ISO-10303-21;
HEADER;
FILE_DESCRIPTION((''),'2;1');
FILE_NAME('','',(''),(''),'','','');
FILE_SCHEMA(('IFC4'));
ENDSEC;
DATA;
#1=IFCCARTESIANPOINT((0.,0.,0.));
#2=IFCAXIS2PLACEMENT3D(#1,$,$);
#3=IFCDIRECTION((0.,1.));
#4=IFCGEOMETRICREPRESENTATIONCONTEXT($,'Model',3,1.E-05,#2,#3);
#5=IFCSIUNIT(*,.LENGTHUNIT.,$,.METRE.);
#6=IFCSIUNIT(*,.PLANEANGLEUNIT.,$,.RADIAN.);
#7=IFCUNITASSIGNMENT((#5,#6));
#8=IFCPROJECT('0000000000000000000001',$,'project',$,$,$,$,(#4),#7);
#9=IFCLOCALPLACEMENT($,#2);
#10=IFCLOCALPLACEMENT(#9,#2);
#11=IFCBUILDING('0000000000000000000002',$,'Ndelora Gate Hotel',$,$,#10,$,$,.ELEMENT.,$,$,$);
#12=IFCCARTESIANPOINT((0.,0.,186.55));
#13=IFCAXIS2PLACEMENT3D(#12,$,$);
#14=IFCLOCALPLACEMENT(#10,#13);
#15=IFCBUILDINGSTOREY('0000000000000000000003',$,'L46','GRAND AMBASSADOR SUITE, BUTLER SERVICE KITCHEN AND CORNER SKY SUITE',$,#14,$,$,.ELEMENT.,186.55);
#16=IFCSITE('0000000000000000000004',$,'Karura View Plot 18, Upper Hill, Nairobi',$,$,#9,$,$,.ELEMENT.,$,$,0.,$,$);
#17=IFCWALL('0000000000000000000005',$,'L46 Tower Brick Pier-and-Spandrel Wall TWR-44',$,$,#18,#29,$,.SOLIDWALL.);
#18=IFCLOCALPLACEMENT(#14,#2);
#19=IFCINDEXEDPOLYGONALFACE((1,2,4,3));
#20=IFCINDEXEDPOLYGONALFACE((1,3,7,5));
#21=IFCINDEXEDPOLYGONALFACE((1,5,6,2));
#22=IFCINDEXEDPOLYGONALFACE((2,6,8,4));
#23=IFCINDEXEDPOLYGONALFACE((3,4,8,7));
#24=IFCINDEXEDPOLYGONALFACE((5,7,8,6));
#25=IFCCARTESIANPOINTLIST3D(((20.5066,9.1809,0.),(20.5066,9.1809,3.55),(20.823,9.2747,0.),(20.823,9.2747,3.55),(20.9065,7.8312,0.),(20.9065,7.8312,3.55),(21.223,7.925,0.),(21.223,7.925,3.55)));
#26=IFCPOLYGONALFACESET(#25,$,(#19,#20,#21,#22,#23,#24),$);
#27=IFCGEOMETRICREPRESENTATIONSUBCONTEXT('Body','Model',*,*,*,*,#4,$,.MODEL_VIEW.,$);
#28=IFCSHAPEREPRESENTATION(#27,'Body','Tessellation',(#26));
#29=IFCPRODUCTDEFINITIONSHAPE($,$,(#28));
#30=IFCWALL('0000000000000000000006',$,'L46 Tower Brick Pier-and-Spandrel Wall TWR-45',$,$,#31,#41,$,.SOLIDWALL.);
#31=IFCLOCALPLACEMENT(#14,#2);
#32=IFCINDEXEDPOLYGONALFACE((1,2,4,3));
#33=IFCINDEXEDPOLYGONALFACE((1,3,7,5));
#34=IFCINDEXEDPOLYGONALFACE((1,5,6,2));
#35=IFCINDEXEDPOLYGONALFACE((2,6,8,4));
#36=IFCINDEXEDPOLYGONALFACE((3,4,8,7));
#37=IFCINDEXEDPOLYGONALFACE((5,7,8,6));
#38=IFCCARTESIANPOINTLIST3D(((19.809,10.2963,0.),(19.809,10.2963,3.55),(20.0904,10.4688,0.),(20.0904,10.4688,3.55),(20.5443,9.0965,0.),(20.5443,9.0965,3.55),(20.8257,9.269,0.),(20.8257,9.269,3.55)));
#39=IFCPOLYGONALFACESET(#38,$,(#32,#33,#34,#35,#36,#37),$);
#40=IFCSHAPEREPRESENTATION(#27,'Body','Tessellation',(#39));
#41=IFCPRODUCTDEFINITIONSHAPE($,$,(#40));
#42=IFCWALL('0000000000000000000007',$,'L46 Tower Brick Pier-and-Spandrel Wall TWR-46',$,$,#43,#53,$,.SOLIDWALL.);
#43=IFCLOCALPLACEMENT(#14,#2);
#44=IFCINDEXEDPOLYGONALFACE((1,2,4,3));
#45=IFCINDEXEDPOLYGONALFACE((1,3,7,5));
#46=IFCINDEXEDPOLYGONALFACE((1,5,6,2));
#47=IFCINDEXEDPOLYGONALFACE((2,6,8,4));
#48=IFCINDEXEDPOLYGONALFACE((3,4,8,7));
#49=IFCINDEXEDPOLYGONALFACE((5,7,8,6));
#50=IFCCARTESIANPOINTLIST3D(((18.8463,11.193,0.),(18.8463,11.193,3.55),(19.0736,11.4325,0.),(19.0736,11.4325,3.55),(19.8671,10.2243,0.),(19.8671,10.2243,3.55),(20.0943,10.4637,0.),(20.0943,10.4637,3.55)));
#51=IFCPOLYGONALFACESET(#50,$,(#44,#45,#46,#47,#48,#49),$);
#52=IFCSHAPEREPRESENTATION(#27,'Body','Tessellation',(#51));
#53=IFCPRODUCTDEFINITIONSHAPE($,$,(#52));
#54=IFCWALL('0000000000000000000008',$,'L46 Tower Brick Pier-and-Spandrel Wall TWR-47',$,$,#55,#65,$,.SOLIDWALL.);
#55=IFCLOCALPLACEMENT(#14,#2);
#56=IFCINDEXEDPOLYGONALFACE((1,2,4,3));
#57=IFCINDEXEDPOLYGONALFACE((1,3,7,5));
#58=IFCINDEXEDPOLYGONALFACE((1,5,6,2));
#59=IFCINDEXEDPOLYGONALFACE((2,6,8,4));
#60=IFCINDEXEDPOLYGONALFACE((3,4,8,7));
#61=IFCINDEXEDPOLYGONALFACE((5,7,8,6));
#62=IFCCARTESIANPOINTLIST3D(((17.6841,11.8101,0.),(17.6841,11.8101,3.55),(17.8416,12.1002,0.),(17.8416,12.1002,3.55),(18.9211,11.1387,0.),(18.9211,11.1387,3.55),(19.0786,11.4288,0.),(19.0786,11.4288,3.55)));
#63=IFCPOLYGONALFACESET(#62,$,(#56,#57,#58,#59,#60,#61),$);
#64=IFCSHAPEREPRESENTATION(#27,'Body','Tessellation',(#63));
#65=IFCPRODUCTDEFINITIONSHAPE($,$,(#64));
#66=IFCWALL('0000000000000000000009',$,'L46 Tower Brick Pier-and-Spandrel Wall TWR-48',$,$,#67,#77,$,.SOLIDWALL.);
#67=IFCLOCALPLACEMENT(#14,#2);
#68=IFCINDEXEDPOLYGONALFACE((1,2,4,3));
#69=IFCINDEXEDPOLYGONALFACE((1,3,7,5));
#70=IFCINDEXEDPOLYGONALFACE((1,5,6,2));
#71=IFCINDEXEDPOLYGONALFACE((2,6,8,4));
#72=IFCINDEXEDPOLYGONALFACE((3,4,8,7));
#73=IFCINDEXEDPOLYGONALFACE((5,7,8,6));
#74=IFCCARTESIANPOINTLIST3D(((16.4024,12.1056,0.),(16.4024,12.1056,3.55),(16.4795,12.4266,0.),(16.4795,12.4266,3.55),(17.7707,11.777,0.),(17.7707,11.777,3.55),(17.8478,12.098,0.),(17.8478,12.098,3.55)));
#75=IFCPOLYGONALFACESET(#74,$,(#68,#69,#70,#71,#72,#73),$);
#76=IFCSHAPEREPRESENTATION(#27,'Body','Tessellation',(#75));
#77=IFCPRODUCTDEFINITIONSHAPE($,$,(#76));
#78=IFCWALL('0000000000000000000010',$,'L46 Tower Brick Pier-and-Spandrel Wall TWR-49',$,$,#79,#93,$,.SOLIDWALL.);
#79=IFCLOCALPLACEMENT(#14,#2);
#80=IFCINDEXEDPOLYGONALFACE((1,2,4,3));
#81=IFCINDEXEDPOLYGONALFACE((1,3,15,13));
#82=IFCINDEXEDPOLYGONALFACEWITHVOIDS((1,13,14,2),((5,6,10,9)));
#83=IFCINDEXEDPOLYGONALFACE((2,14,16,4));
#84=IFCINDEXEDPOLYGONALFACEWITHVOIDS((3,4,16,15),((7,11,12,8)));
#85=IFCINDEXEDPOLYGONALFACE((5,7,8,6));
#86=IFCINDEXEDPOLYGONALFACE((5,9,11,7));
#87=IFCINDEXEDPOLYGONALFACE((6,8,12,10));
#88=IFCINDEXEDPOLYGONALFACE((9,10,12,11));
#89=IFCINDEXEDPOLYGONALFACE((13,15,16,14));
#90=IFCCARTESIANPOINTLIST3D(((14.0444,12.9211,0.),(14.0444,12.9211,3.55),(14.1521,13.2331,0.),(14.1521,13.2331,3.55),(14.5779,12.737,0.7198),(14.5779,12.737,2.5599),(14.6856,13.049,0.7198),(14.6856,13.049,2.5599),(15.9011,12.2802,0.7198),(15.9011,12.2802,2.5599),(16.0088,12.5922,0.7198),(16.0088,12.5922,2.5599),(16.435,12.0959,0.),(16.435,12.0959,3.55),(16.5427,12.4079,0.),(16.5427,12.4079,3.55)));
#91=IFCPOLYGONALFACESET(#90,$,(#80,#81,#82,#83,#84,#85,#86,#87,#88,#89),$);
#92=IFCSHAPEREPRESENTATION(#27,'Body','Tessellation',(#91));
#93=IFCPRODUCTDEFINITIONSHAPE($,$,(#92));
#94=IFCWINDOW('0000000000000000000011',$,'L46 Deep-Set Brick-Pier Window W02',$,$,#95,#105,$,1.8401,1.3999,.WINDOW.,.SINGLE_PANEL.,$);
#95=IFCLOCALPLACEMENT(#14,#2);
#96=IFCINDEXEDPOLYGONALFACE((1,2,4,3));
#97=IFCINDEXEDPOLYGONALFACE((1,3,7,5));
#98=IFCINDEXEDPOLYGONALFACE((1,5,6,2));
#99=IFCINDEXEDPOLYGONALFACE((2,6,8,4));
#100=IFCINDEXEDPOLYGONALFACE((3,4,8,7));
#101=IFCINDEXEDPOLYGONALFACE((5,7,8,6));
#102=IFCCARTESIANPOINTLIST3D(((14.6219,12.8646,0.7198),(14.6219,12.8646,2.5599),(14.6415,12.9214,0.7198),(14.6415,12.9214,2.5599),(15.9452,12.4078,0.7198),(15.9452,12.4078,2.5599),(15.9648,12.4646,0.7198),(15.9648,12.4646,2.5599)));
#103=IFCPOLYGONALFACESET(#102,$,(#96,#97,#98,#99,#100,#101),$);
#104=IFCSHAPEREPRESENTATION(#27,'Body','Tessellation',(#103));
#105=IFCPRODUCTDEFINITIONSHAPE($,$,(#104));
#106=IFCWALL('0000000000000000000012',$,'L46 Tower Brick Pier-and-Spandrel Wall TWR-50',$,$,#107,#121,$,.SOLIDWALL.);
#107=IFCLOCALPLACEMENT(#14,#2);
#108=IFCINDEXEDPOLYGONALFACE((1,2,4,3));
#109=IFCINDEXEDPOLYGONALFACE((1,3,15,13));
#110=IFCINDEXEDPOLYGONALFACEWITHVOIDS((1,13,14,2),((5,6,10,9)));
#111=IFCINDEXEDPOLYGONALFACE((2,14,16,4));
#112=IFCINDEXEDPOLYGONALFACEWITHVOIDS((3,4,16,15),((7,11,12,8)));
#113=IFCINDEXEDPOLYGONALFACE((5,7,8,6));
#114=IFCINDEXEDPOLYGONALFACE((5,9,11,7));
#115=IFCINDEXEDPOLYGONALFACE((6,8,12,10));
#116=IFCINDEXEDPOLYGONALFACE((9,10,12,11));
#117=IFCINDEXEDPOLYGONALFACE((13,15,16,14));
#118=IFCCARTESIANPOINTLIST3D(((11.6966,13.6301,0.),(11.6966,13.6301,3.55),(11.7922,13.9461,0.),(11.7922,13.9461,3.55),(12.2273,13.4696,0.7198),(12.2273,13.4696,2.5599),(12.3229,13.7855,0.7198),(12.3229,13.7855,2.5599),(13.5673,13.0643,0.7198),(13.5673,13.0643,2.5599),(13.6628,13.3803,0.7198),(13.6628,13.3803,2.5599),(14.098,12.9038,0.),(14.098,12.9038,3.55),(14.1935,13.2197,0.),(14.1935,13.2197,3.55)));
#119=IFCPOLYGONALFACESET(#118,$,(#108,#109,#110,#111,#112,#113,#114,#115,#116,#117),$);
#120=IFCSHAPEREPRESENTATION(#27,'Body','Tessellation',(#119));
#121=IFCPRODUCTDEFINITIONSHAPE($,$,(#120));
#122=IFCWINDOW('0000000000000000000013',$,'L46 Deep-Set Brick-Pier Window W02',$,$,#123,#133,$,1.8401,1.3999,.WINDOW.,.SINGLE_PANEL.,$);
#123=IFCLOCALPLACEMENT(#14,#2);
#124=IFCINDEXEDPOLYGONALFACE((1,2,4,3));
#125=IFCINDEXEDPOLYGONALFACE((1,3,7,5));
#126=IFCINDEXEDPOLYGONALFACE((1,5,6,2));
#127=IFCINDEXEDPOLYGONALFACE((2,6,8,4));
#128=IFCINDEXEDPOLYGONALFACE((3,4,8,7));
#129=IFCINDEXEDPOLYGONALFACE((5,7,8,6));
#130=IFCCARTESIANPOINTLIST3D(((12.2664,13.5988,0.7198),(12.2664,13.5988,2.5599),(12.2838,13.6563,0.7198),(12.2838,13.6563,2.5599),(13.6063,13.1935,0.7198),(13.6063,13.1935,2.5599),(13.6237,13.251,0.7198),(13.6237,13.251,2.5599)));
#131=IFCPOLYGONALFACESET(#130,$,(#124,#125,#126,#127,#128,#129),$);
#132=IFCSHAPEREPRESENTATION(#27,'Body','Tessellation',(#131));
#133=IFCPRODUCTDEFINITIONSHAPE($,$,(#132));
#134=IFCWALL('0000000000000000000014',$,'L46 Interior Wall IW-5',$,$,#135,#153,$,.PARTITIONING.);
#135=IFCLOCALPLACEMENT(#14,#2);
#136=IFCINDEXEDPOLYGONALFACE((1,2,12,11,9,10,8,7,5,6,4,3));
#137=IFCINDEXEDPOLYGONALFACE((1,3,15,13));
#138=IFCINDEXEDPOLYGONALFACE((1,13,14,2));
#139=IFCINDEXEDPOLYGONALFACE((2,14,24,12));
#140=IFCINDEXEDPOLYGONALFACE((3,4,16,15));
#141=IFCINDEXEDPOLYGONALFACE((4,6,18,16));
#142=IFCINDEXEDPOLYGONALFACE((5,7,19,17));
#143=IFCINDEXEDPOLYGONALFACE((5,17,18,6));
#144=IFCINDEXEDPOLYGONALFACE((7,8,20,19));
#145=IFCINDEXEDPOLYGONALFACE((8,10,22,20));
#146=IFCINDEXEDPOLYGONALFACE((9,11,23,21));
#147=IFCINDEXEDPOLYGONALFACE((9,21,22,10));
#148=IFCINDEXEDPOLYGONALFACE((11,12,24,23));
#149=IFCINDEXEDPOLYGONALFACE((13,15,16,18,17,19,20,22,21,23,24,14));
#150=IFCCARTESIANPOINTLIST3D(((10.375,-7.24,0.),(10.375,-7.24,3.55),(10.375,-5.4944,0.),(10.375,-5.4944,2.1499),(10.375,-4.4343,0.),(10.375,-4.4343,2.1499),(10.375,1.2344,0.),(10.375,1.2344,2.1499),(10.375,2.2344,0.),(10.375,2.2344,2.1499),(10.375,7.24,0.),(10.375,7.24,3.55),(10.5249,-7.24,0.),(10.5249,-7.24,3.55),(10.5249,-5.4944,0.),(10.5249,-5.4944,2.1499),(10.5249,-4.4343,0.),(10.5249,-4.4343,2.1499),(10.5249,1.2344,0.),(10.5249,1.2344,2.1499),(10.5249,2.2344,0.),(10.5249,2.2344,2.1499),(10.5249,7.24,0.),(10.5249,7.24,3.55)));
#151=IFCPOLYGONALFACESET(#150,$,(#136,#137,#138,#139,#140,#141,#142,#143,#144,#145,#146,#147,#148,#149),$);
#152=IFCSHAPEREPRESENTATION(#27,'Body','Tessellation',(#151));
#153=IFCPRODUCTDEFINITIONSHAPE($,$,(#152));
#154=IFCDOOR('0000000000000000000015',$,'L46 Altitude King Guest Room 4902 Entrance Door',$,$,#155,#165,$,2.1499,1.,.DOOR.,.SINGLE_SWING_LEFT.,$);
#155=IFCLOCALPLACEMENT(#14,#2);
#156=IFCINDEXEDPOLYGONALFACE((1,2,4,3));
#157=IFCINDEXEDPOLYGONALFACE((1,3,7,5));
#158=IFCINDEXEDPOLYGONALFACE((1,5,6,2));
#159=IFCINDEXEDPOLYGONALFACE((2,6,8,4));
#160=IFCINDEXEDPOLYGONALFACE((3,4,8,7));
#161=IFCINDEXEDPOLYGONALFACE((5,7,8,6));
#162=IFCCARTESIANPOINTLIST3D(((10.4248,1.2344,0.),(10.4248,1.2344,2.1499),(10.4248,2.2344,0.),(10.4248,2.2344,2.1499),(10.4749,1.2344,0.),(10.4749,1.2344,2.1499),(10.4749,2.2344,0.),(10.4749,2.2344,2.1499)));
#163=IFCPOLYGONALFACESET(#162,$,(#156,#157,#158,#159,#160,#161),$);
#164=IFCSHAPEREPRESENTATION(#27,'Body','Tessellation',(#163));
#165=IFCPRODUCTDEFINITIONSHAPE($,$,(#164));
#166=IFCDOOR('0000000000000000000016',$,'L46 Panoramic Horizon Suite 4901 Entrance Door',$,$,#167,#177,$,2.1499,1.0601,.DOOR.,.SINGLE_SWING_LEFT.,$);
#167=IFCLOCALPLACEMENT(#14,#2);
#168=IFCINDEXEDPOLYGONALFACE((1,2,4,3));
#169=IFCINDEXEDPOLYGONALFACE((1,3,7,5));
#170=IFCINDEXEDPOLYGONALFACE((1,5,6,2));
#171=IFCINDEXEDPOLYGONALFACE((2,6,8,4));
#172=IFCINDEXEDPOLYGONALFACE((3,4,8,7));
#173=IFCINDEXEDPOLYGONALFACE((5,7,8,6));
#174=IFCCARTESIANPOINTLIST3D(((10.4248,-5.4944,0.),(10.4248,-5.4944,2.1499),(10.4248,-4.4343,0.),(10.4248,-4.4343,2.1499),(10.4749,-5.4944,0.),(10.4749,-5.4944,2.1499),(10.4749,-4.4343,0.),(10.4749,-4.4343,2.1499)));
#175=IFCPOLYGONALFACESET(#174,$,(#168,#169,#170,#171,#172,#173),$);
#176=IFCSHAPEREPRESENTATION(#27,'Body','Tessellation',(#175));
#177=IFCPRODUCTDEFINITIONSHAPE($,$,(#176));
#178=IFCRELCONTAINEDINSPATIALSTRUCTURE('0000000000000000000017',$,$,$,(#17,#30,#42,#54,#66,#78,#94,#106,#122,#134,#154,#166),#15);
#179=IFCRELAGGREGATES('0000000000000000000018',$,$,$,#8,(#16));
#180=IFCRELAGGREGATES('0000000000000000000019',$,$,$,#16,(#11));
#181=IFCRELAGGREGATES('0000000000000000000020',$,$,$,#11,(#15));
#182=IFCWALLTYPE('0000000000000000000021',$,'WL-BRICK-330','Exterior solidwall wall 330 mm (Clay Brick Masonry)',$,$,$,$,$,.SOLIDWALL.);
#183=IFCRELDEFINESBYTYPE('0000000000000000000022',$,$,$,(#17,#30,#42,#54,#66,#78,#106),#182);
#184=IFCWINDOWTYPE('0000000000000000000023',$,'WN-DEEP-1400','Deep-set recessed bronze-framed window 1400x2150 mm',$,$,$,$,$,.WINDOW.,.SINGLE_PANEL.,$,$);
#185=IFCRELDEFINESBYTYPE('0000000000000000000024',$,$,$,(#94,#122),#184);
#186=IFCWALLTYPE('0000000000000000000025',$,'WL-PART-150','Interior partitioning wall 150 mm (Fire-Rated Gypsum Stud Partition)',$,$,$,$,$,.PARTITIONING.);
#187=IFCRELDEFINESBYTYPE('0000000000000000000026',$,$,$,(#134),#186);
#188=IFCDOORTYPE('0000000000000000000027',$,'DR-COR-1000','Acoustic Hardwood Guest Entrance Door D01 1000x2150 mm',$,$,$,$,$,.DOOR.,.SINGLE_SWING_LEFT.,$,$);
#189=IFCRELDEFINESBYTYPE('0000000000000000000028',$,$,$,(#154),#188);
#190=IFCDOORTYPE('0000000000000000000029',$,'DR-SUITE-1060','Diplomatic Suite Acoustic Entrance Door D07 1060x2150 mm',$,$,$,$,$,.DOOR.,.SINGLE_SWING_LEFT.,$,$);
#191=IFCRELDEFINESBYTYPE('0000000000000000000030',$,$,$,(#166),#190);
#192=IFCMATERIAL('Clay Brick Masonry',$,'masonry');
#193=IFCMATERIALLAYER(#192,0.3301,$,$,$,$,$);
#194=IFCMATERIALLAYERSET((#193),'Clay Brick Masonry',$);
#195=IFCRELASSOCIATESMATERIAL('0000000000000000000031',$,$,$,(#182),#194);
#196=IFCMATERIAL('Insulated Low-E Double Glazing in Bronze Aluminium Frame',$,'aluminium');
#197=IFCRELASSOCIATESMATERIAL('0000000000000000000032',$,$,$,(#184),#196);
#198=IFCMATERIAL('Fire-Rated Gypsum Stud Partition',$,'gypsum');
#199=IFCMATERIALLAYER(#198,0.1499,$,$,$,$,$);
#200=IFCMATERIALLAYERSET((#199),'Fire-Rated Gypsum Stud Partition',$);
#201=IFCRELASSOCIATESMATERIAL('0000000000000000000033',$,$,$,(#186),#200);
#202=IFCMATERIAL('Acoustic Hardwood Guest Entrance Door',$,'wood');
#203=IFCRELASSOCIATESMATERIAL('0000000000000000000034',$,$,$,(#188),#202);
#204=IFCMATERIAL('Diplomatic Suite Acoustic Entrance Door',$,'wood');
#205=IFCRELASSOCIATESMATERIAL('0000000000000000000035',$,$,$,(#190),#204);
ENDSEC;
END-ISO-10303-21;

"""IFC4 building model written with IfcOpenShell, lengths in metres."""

from ifc_helpers import new_model, si_unit, direction, frame, frame_2d, origin, place, context, subcontext, project, spatial, rectangle, extrude, material, layer, layer_set, type_object, element, fill, save


model = new_model("IFC4")

# Units and contexts
model_context = context("Model", 3, precision=1e-05, world=origin(), true_north=direction((0.0, 1.0)))
body_context = subcontext(model_context, "Body", "Model", "MODEL_VIEW")
ifc_project = project(units=[si_unit("LENGTHUNIT", "METRE"), si_unit("PLANEANGLEUNIT", "RADIAN")], contexts=[model_context])

# Site, building, storey
site_placement = place(None, origin())
site = spatial("IfcSite", under=ifc_project, at=site_placement, Name="Karura View Plot 18, Upper Hill, Nairobi", CompositionType="ELEMENT", RefElevation=0.0)
building_placement = place(site_placement, origin())
building = spatial("IfcBuilding", under=site, at=building_placement, Name="Ndelora Gate Hotel", CompositionType="ELEMENT")
storey_placement = place(building_placement, frame((0.0, 0.0, 186.55)))
storey = spatial("IfcBuildingStorey", under=building, at=storey_placement, Name="L46", Description="GRAND AMBASSADOR SUITE, BUTLER SERVICE KITCHEN AND CORNER SKY SUITE", CompositionType="ELEMENT", Elevation=186.55)

# Walls
ifc_material_1 = material(Name="Clay Brick Masonry", Category="masonry")
ifc_layer_1 = layer(ifc_material_1, 0.3301)
ifc_layer_set_1 = layer_set([ifc_layer_1], Name="Clay Brick Masonry")
wall_type_1 = type_object("IfcWallType", Name="WL-BRICK-330", Description="Exterior solidwall wall 330 mm (Clay Brick Masonry)", PredefinedType="SOLIDWALL", material=ifc_layer_set_1)
wall_1_placement = place(storey_placement, frame((20.6648, 9.2278, 0.0), z_axis=(0.0, 0.0, 1.0), x_axis=(0.2841, -0.958795, 0.0)))
element("IfcWall", 1, at=wall_1_placement, inside=storey, type_object=wall_type_1, Name="L46 Tower Brick Pier-and-Spandrel Wall TWR-44", PredefinedType="SOLIDWALL", context=body_context, shape_type="SweptSolid", body=[
    extrude(rectangle(XDim=1.4077, YDim=0.3301, at=frame_2d((0.7039, 0.0))), origin(), (0.0, 0.0, 1.0), 3.55),
])
for number, where, z_axis, x_axis, name in (
    (2, (19.9497, 10.3826, 0.0), (0.0, 0.0, 1.0), (0.522509, -0.852634, 0.0), "L46 Tower Brick Pier-and-Spandrel Wall TWR-45"),
    (3, (18.96, 11.3127, 0.0), (0.0, 0.0, 1.0), (0.725342, -0.688389, 0.0), "L46 Tower Brick Pier-and-Spandrel Wall TWR-46"),
):
    element("IfcWall", number, at=place(storey_placement, frame(where, z_axis=z_axis, x_axis=x_axis)), inside=storey, type_object=wall_type_1, Name=name, PredefinedType="SOLIDWALL", context=body_context, shape_type="SweptSolid", body=[
        extrude(rectangle(XDim=1.4072, YDim=0.3301, at=frame_2d((0.7036, 0.0))), origin(), (0.0, 0.0, 1.0), 3.55),
    ])
wall_2_placement = place(storey_placement, frame((17.7629, 11.9551, 0.0), z_axis=(0.0, 0.0, 1.0), x_axis=(0.878901, -0.477004, 0.0)))
element("IfcWall", 4, at=wall_2_placement, inside=storey, type_object=wall_type_1, Name="L46 Tower Brick Pier-and-Spandrel Wall TWR-47", PredefinedType="SOLIDWALL", context=body_context, shape_type="SweptSolid", body=[
    extrude(rectangle(XDim=1.4075, YDim=0.3301, at=frame_2d((0.7036, 0.0))), origin(), (0.0, 0.0, 1.0), 3.55),
])
wall_3_placement = place(storey_placement, frame((16.4409, 12.2661, 0.0), z_axis=(0.0, 0.0, 1.0), x_axis=(0.972356, -0.233504, 0.0)))
element("IfcWall", 5, at=wall_3_placement, inside=storey, type_object=wall_type_1, Name="L46 Tower Brick Pier-and-Spandrel Wall TWR-48", PredefinedType="SOLIDWALL", context=body_context, shape_type="SweptSolid", body=[
    extrude(rectangle(XDim=1.4072, YDim=0.3301, at=frame_2d((0.7036, 0.0))), origin(), (0.0, 0.0, 1.0), 3.55),
])

# Walls, openings, windows
wall_4_placement = place(storey_placement, frame((14.0981, 13.0771, 0.0), z_axis=(0.0, 0.0, 1.0), x_axis=(0.94527, -0.326288, 0.0)))
wall_4 = element("IfcWall", 6, at=wall_4_placement, inside=storey, type_object=wall_type_1, Name="L46 Tower Brick Pier-and-Spandrel Wall TWR-49", PredefinedType="SOLIDWALL", context=body_context, shape_type="SweptSolid", body=[
    extrude(rectangle(XDim=2.5291, YDim=0.3301, at=frame_2d((1.2646, 0.0))), origin(), (0.0, 0.0, 1.0), 3.55),
])
opening_1_placement = place(wall_4_placement, frame((0.5645, 0.0, 0.72)))
opening_1 = element("IfcOpeningElement", 7, at=opening_1_placement, cuts=wall_4, PredefinedType="OPENING", context=body_context, shape_type="SweptSolid", body=[
    extrude(rectangle(XDim=1.3999, YDim=1.8401, at=frame_2d((0.7, 0.9199))), frame((0.0, 0.175, 0.0), z_axis=(0.0, -1.0, 0.0), x_axis=(1.0, 0.0, 0.0)), (0.0, 0.0, 1.0), 0.3501),
])
ifc_material_2 = material(Name="Insulated Low-E Double Glazing in Bronze Aluminium Frame", Category="aluminium")
window_type = type_object("IfcWindowType", Name="WN-DEEP-1400", Description="Deep-set recessed bronze-framed window 1400x2150 mm", PartitioningType="SINGLE_PANEL", PredefinedType="WINDOW", material=ifc_material_2)
window_1_placement = place(opening_1_placement, origin())
window_1 = element("IfcWindow", 8, at=window_1_placement, inside=storey, type_object=window_type, Name="L46 Deep-Set Brick-Pier Window W02", OverallHeight=1.8401, OverallWidth=1.3999, PartitioningType="SINGLE_PANEL", PredefinedType="WINDOW", context=body_context, shape_type="SweptSolid", body=[
    extrude(rectangle(XDim=1.3999, YDim=1.8401, at=frame_2d((0.7, 0.9199))), frame((0.0, 0.03, 0.0), z_axis=(0.0, -1.0, 0.0), x_axis=(1.0, 0.0, 0.0)), (0.0, 0.0, 1.0), 0.0601),
])
fill(opening_1, window_1)
wall_5_placement = place(storey_placement, frame((11.7444, 13.7881, 0.0), z_axis=(0.0, 0.0, 1.0), x_axis=(0.957176, -0.289508, 0.0)))
wall_5 = element("IfcWall", 9, at=wall_5_placement, inside=storey, type_object=wall_type_1, Name="L46 Tower Brick Pier-and-Spandrel Wall TWR-50", PredefinedType="SOLIDWALL", context=body_context, shape_type="SweptSolid", body=[
    extrude(rectangle(XDim=2.5088, YDim=0.3301, at=frame_2d((1.2544, 0.0))), origin(), (0.0, 0.0, 1.0), 3.55),
])
opening_2_placement = place(wall_5_placement, frame((0.5544, 0.0, 0.72)))
opening_2 = element("IfcOpeningElement", 10, at=opening_2_placement, cuts=wall_5, PredefinedType="OPENING", context=body_context, shape_type="SweptSolid", body=[
    extrude(rectangle(XDim=1.3999, YDim=1.8401, at=frame_2d((0.7, 0.9199))), frame((0.0, 0.175, 0.0), z_axis=(0.0, -1.0, 0.0), x_axis=(1.0, 0.0, 0.0)), (0.0, 0.0, 1.0), 0.3501),
])
window_2_placement = place(opening_2_placement, origin())
window_2 = element("IfcWindow", 11, at=window_2_placement, inside=storey, type_object=window_type, Name="L46 Deep-Set Brick-Pier Window W02", OverallHeight=1.8401, OverallWidth=1.3999, PartitioningType="SINGLE_PANEL", PredefinedType="WINDOW", context=body_context, shape_type="SweptSolid", body=[
    extrude(rectangle(XDim=1.3999, YDim=1.8401, at=frame_2d((0.7, 0.9199))), frame((0.0, 0.03, 0.0), z_axis=(0.0, -1.0, 0.0), x_axis=(1.0, 0.0, 0.0)), (0.0, 0.0, 1.0), 0.0601),
])
fill(opening_2, window_2)

# Wall, openings, doors
ifc_material_3 = material(Name="Fire-Rated Gypsum Stud Partition", Category="gypsum")
ifc_layer_2 = layer(ifc_material_3, 0.1499)
ifc_layer_set_2 = layer_set([ifc_layer_2], Name="Fire-Rated Gypsum Stud Partition")
wall_type_2 = type_object("IfcWallType", Name="WL-PART-150", Description="Interior partitioning wall 150 mm (Fire-Rated Gypsum Stud Partition)", PredefinedType="PARTITIONING", material=ifc_layer_set_2)
wall_6_placement = place(storey_placement, frame((10.45, 7.24, 0.0), z_axis=(0.0, 0.0, 1.0), x_axis=(0.0, -1.0, 0.0)))
wall_6 = element("IfcWall", 12, at=wall_6_placement, inside=storey, type_object=wall_type_2, Name="L46 Interior Wall IW-5", PredefinedType="PARTITIONING", context=body_context, shape_type="SweptSolid", body=[
    extrude(rectangle(XDim=14.48, YDim=0.1499, at=frame_2d((7.24, 0.0))), origin(), (0.0, 0.0, 1.0), 3.55),
])
opening_3_placement = place(wall_6_placement, frame((11.6743, 0.0, 0.0)))
opening_3 = element("IfcOpeningElement", 13, at=opening_3_placement, cuts=wall_6, PredefinedType="OPENING", context=body_context, shape_type="SweptSolid", body=[
    extrude(rectangle(XDim=1.0601, YDim=2.1499, at=frame_2d((0.53, 1.075))), frame((0.0, 0.085, 0.0), z_axis=(0.0, -1.0, 0.0), x_axis=(1.0, 0.0, 0.0)), (0.0, 0.0, 1.0), 0.1699),
])
opening_4_placement = place(wall_6_placement, frame((5.0056, 0.0, 0.0)))
opening_4 = element("IfcOpeningElement", 14, at=opening_4_placement, cuts=wall_6, PredefinedType="OPENING", context=body_context, shape_type="SweptSolid", body=[
    extrude(rectangle(XDim=1.0, YDim=2.1499, at=frame_2d((0.5, 1.075))), frame((0.0, 0.085, 0.0), z_axis=(0.0, -1.0, 0.0), x_axis=(1.0, 0.0, 0.0)), (0.0, 0.0, 1.0), 0.1699),
])
ifc_material_4 = material(Name="Acoustic Hardwood Guest Entrance Door", Category="wood")
door_type_1 = type_object("IfcDoorType", Name="DR-COR-1000", Description="Acoustic Hardwood Guest Entrance Door D01 1000x2150 mm", OperationType="SINGLE_SWING_LEFT", PredefinedType="DOOR", material=ifc_material_4)
door_1_placement = place(opening_4_placement, origin())
door_1 = element("IfcDoor", 15, at=door_1_placement, inside=storey, type_object=door_type_1, Name="L46 Altitude King Guest Room 4902 Entrance Door", OperationType="SINGLE_SWING_LEFT", OverallHeight=2.1499, OverallWidth=1.0, PredefinedType="DOOR", context=body_context, shape_type="SweptSolid", body=[
    extrude(rectangle(XDim=1.0, YDim=2.1499, at=frame_2d((0.5, 1.075))), frame((0.0, 0.0249, 0.0), z_axis=(0.0, -1.0, 0.0), x_axis=(1.0, 0.0, 0.0)), (0.0, 0.0, 1.0), 0.05),
])
fill(opening_4, door_1)
ifc_material_5 = material(Name="Diplomatic Suite Acoustic Entrance Door", Category="wood")
door_type_2 = type_object("IfcDoorType", Name="DR-SUITE-1060", Description="Diplomatic Suite Acoustic Entrance Door D07 1060x2150 mm", OperationType="SINGLE_SWING_LEFT", PredefinedType="DOOR", material=ifc_material_5)
door_2_placement = place(opening_3_placement, origin())
door_2 = element("IfcDoor", 16, at=door_2_placement, inside=storey, type_object=door_type_2, Name="L46 Panoramic Horizon Suite 4901 Entrance Door", OperationType="SINGLE_SWING_LEFT", OverallHeight=2.1499, OverallWidth=1.0601, PredefinedType="DOOR", context=body_context, shape_type="SweptSolid", body=[
    extrude(rectangle(XDim=1.0601, YDim=2.1499, at=frame_2d((0.53, 1.075))), frame((0.0, 0.0249, 0.0), z_axis=(0.0, -1.0, 0.0), x_axis=(1.0, 0.0, 0.0)), (0.0, 0.0, 1.0), 0.05),
])
fill(opening_3, door_2)

save(model, "model.ifc")
